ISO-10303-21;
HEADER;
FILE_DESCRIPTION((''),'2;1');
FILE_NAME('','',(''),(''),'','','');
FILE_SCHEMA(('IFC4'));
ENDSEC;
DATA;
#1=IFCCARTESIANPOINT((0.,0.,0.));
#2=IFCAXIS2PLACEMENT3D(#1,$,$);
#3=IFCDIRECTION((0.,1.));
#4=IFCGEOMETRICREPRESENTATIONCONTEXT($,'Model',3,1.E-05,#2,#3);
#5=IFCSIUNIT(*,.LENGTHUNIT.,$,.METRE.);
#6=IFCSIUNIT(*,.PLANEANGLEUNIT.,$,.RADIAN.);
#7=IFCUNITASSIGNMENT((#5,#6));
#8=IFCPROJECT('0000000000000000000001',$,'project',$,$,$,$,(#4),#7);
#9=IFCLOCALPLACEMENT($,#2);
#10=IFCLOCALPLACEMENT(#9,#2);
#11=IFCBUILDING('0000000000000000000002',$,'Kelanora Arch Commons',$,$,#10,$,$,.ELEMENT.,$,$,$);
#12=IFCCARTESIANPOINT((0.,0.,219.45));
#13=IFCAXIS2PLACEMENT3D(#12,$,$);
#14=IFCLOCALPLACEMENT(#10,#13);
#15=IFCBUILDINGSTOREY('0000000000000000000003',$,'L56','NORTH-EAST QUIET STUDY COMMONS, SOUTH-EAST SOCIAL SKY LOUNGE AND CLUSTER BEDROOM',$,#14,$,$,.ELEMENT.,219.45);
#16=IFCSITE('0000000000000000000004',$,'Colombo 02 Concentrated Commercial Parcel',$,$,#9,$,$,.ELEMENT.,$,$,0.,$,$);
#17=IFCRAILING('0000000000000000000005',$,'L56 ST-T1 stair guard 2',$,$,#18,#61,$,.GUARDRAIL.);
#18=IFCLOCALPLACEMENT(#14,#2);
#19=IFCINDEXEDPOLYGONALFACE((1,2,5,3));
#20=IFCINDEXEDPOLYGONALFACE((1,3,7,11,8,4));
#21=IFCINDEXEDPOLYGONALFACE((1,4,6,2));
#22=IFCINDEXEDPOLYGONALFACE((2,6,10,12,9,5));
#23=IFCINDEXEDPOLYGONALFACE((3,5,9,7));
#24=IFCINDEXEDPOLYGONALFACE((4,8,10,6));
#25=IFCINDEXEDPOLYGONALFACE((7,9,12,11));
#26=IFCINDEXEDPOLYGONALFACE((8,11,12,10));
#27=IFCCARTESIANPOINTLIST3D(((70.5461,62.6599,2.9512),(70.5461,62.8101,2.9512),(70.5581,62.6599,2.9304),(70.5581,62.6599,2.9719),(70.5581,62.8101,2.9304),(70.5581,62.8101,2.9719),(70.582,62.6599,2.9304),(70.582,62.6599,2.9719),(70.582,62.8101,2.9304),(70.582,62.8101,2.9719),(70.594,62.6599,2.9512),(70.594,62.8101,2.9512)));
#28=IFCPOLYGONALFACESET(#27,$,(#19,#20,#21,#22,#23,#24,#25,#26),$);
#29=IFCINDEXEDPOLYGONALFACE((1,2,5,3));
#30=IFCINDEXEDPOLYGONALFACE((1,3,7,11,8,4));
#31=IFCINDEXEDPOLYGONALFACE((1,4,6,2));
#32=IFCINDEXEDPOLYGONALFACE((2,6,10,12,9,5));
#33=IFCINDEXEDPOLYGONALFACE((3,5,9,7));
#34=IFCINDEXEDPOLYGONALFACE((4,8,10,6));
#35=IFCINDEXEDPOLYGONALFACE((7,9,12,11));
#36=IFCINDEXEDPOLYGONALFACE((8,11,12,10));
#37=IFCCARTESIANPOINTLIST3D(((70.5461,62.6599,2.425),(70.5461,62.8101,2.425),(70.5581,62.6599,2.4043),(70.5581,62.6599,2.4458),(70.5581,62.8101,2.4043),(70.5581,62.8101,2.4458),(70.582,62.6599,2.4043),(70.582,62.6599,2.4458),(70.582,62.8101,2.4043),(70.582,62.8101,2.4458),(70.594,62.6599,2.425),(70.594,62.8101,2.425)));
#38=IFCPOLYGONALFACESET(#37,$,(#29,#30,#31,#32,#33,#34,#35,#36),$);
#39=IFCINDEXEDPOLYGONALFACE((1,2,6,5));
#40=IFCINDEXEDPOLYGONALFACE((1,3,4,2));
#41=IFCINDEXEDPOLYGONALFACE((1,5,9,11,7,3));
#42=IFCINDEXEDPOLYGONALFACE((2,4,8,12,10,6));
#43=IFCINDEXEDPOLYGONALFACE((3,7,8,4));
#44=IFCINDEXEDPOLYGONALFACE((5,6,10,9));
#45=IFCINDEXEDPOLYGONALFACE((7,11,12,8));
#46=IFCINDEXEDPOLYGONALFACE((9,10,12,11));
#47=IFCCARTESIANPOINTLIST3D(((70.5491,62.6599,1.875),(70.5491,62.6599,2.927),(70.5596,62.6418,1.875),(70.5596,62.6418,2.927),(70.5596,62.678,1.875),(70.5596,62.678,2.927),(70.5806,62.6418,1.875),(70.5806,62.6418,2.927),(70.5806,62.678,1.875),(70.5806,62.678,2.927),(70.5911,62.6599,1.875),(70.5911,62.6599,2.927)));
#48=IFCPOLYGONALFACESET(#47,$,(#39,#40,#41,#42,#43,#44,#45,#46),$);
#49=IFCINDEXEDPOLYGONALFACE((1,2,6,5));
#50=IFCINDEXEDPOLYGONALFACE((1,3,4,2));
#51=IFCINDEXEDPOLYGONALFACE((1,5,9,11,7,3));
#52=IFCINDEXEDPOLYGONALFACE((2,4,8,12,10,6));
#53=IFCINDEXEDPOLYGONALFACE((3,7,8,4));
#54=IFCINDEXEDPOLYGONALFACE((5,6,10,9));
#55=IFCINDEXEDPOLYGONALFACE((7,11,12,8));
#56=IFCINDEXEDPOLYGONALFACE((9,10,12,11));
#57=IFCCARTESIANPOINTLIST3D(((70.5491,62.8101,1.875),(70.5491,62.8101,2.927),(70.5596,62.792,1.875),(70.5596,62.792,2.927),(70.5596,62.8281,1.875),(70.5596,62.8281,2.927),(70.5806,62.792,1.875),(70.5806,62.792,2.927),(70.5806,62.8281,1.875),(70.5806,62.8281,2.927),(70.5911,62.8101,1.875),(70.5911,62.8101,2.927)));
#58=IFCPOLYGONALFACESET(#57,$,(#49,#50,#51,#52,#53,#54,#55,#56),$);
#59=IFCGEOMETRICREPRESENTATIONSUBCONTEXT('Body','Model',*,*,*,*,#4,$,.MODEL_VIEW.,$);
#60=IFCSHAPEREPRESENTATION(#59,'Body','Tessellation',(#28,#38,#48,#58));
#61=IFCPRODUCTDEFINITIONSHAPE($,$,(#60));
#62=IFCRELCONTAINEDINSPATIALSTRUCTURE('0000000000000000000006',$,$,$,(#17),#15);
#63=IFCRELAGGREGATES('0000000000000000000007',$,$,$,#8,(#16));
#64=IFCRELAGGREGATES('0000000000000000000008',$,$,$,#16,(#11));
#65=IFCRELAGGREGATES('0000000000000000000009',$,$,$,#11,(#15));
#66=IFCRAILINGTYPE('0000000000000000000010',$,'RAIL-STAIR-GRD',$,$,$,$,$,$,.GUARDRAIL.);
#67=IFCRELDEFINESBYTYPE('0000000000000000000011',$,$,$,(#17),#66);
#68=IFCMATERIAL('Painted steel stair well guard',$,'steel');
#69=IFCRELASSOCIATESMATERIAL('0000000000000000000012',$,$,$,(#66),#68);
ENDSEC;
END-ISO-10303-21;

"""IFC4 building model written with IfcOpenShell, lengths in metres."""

from ifc_helpers import new_model, si_unit, direction, frame, origin, place, context, subcontext, project, spatial, polyline, outline, extrude, material, type_object, element, save


model = new_model("IFC4")

# Units and contexts
model_context = context("Model", 3, precision=1e-05, world=origin(), true_north=direction((0.0, 1.0)))
body_context = subcontext(model_context, "Body", "Model", "MODEL_VIEW")
ifc_project = project(units=[si_unit("LENGTHUNIT", "METRE"), si_unit("PLANEANGLEUNIT", "RADIAN")], contexts=[model_context])

# Site, building, storey
site_placement = place(None, origin())
site = spatial("IfcSite", under=ifc_project, at=site_placement, Name="Colombo 02 Concentrated Commercial Parcel", CompositionType="ELEMENT", RefElevation=0.0)
building_placement = place(site_placement, origin())
building = spatial("IfcBuilding", under=site, at=building_placement, Name="Kelanora Arch Commons", CompositionType="ELEMENT")
storey_placement = place(building_placement, frame((0.0, 0.0, 219.45)))
storey = spatial("IfcBuildingStorey", under=building, at=storey_placement, Name="L56", Description="NORTH-EAST QUIET STUDY COMMONS, SOUTH-EAST SOCIAL SKY LOUNGE AND CLUSTER BEDROOM", CompositionType="ELEMENT", Elevation=219.45)

# Railing
ifc_material_1 = material(Name="Painted steel stair well guard", Category="steel")
railing_type = type_object("IfcRailingType", Name="RAIL-STAIR-GRD", PredefinedType="GUARDRAIL", material=ifc_material_1)
railing_placement = place(storey_placement, frame((70.5701, 62.6599, 1.875)))
element("IfcRailing", 1, at=railing_placement, inside=storey, type_object=railing_type, Name="L56 ST-T1 stair guard 2", PredefinedType="GUARDRAIL", context=body_context, shape_type="SweptSolid", body=[
    extrude(outline(polyline([(0.0239, 0.0), (0.012, 0.0208), (-0.012, 0.0208), (-0.0239, 0.0), (-0.012, -0.0208), (0.012, -0.0208), (0.0239, 0.0)])), frame((0.0, 0.0, 1.0762), z_axis=(0.0, 1.0, 0.0), x_axis=(-1.0, 0.0, 0.0)), (0.0, 0.0, 1.0), 0.1501),
    extrude(outline(polyline([(0.0239, 0.0), (0.012, 0.0208), (-0.012, 0.0208), (-0.0239, 0.0), (-0.012, -0.0208), (0.012, -0.0208), (0.0239, 0.0)])), frame((0.0, 0.0, 0.55), z_axis=(0.0, 1.0, 0.0), x_axis=(-1.0, 0.0, 0.0)), (0.0, 0.0, 1.0), 0.1501),
    extrude(outline(polyline([(0.021, 0.0), (0.0105, 0.0181), (-0.0105, 0.0181), (-0.021, 0.0), (-0.0105, -0.0181), (0.0105, -0.0181), (0.021, 0.0)])), origin(), (0.0, 0.0, 1.0), 1.052),
    extrude(outline(polyline([(0.021, 0.0), (0.0105, 0.0181), (-0.0105, 0.0181), (-0.021, 0.0), (-0.0105, -0.0181), (0.0105, -0.0181), (0.021, 0.0)])), frame((0.0, 0.1501, 0.0)), (0.0, 0.0, 1.0), 1.052),
])

save(model, "model.ifc")
